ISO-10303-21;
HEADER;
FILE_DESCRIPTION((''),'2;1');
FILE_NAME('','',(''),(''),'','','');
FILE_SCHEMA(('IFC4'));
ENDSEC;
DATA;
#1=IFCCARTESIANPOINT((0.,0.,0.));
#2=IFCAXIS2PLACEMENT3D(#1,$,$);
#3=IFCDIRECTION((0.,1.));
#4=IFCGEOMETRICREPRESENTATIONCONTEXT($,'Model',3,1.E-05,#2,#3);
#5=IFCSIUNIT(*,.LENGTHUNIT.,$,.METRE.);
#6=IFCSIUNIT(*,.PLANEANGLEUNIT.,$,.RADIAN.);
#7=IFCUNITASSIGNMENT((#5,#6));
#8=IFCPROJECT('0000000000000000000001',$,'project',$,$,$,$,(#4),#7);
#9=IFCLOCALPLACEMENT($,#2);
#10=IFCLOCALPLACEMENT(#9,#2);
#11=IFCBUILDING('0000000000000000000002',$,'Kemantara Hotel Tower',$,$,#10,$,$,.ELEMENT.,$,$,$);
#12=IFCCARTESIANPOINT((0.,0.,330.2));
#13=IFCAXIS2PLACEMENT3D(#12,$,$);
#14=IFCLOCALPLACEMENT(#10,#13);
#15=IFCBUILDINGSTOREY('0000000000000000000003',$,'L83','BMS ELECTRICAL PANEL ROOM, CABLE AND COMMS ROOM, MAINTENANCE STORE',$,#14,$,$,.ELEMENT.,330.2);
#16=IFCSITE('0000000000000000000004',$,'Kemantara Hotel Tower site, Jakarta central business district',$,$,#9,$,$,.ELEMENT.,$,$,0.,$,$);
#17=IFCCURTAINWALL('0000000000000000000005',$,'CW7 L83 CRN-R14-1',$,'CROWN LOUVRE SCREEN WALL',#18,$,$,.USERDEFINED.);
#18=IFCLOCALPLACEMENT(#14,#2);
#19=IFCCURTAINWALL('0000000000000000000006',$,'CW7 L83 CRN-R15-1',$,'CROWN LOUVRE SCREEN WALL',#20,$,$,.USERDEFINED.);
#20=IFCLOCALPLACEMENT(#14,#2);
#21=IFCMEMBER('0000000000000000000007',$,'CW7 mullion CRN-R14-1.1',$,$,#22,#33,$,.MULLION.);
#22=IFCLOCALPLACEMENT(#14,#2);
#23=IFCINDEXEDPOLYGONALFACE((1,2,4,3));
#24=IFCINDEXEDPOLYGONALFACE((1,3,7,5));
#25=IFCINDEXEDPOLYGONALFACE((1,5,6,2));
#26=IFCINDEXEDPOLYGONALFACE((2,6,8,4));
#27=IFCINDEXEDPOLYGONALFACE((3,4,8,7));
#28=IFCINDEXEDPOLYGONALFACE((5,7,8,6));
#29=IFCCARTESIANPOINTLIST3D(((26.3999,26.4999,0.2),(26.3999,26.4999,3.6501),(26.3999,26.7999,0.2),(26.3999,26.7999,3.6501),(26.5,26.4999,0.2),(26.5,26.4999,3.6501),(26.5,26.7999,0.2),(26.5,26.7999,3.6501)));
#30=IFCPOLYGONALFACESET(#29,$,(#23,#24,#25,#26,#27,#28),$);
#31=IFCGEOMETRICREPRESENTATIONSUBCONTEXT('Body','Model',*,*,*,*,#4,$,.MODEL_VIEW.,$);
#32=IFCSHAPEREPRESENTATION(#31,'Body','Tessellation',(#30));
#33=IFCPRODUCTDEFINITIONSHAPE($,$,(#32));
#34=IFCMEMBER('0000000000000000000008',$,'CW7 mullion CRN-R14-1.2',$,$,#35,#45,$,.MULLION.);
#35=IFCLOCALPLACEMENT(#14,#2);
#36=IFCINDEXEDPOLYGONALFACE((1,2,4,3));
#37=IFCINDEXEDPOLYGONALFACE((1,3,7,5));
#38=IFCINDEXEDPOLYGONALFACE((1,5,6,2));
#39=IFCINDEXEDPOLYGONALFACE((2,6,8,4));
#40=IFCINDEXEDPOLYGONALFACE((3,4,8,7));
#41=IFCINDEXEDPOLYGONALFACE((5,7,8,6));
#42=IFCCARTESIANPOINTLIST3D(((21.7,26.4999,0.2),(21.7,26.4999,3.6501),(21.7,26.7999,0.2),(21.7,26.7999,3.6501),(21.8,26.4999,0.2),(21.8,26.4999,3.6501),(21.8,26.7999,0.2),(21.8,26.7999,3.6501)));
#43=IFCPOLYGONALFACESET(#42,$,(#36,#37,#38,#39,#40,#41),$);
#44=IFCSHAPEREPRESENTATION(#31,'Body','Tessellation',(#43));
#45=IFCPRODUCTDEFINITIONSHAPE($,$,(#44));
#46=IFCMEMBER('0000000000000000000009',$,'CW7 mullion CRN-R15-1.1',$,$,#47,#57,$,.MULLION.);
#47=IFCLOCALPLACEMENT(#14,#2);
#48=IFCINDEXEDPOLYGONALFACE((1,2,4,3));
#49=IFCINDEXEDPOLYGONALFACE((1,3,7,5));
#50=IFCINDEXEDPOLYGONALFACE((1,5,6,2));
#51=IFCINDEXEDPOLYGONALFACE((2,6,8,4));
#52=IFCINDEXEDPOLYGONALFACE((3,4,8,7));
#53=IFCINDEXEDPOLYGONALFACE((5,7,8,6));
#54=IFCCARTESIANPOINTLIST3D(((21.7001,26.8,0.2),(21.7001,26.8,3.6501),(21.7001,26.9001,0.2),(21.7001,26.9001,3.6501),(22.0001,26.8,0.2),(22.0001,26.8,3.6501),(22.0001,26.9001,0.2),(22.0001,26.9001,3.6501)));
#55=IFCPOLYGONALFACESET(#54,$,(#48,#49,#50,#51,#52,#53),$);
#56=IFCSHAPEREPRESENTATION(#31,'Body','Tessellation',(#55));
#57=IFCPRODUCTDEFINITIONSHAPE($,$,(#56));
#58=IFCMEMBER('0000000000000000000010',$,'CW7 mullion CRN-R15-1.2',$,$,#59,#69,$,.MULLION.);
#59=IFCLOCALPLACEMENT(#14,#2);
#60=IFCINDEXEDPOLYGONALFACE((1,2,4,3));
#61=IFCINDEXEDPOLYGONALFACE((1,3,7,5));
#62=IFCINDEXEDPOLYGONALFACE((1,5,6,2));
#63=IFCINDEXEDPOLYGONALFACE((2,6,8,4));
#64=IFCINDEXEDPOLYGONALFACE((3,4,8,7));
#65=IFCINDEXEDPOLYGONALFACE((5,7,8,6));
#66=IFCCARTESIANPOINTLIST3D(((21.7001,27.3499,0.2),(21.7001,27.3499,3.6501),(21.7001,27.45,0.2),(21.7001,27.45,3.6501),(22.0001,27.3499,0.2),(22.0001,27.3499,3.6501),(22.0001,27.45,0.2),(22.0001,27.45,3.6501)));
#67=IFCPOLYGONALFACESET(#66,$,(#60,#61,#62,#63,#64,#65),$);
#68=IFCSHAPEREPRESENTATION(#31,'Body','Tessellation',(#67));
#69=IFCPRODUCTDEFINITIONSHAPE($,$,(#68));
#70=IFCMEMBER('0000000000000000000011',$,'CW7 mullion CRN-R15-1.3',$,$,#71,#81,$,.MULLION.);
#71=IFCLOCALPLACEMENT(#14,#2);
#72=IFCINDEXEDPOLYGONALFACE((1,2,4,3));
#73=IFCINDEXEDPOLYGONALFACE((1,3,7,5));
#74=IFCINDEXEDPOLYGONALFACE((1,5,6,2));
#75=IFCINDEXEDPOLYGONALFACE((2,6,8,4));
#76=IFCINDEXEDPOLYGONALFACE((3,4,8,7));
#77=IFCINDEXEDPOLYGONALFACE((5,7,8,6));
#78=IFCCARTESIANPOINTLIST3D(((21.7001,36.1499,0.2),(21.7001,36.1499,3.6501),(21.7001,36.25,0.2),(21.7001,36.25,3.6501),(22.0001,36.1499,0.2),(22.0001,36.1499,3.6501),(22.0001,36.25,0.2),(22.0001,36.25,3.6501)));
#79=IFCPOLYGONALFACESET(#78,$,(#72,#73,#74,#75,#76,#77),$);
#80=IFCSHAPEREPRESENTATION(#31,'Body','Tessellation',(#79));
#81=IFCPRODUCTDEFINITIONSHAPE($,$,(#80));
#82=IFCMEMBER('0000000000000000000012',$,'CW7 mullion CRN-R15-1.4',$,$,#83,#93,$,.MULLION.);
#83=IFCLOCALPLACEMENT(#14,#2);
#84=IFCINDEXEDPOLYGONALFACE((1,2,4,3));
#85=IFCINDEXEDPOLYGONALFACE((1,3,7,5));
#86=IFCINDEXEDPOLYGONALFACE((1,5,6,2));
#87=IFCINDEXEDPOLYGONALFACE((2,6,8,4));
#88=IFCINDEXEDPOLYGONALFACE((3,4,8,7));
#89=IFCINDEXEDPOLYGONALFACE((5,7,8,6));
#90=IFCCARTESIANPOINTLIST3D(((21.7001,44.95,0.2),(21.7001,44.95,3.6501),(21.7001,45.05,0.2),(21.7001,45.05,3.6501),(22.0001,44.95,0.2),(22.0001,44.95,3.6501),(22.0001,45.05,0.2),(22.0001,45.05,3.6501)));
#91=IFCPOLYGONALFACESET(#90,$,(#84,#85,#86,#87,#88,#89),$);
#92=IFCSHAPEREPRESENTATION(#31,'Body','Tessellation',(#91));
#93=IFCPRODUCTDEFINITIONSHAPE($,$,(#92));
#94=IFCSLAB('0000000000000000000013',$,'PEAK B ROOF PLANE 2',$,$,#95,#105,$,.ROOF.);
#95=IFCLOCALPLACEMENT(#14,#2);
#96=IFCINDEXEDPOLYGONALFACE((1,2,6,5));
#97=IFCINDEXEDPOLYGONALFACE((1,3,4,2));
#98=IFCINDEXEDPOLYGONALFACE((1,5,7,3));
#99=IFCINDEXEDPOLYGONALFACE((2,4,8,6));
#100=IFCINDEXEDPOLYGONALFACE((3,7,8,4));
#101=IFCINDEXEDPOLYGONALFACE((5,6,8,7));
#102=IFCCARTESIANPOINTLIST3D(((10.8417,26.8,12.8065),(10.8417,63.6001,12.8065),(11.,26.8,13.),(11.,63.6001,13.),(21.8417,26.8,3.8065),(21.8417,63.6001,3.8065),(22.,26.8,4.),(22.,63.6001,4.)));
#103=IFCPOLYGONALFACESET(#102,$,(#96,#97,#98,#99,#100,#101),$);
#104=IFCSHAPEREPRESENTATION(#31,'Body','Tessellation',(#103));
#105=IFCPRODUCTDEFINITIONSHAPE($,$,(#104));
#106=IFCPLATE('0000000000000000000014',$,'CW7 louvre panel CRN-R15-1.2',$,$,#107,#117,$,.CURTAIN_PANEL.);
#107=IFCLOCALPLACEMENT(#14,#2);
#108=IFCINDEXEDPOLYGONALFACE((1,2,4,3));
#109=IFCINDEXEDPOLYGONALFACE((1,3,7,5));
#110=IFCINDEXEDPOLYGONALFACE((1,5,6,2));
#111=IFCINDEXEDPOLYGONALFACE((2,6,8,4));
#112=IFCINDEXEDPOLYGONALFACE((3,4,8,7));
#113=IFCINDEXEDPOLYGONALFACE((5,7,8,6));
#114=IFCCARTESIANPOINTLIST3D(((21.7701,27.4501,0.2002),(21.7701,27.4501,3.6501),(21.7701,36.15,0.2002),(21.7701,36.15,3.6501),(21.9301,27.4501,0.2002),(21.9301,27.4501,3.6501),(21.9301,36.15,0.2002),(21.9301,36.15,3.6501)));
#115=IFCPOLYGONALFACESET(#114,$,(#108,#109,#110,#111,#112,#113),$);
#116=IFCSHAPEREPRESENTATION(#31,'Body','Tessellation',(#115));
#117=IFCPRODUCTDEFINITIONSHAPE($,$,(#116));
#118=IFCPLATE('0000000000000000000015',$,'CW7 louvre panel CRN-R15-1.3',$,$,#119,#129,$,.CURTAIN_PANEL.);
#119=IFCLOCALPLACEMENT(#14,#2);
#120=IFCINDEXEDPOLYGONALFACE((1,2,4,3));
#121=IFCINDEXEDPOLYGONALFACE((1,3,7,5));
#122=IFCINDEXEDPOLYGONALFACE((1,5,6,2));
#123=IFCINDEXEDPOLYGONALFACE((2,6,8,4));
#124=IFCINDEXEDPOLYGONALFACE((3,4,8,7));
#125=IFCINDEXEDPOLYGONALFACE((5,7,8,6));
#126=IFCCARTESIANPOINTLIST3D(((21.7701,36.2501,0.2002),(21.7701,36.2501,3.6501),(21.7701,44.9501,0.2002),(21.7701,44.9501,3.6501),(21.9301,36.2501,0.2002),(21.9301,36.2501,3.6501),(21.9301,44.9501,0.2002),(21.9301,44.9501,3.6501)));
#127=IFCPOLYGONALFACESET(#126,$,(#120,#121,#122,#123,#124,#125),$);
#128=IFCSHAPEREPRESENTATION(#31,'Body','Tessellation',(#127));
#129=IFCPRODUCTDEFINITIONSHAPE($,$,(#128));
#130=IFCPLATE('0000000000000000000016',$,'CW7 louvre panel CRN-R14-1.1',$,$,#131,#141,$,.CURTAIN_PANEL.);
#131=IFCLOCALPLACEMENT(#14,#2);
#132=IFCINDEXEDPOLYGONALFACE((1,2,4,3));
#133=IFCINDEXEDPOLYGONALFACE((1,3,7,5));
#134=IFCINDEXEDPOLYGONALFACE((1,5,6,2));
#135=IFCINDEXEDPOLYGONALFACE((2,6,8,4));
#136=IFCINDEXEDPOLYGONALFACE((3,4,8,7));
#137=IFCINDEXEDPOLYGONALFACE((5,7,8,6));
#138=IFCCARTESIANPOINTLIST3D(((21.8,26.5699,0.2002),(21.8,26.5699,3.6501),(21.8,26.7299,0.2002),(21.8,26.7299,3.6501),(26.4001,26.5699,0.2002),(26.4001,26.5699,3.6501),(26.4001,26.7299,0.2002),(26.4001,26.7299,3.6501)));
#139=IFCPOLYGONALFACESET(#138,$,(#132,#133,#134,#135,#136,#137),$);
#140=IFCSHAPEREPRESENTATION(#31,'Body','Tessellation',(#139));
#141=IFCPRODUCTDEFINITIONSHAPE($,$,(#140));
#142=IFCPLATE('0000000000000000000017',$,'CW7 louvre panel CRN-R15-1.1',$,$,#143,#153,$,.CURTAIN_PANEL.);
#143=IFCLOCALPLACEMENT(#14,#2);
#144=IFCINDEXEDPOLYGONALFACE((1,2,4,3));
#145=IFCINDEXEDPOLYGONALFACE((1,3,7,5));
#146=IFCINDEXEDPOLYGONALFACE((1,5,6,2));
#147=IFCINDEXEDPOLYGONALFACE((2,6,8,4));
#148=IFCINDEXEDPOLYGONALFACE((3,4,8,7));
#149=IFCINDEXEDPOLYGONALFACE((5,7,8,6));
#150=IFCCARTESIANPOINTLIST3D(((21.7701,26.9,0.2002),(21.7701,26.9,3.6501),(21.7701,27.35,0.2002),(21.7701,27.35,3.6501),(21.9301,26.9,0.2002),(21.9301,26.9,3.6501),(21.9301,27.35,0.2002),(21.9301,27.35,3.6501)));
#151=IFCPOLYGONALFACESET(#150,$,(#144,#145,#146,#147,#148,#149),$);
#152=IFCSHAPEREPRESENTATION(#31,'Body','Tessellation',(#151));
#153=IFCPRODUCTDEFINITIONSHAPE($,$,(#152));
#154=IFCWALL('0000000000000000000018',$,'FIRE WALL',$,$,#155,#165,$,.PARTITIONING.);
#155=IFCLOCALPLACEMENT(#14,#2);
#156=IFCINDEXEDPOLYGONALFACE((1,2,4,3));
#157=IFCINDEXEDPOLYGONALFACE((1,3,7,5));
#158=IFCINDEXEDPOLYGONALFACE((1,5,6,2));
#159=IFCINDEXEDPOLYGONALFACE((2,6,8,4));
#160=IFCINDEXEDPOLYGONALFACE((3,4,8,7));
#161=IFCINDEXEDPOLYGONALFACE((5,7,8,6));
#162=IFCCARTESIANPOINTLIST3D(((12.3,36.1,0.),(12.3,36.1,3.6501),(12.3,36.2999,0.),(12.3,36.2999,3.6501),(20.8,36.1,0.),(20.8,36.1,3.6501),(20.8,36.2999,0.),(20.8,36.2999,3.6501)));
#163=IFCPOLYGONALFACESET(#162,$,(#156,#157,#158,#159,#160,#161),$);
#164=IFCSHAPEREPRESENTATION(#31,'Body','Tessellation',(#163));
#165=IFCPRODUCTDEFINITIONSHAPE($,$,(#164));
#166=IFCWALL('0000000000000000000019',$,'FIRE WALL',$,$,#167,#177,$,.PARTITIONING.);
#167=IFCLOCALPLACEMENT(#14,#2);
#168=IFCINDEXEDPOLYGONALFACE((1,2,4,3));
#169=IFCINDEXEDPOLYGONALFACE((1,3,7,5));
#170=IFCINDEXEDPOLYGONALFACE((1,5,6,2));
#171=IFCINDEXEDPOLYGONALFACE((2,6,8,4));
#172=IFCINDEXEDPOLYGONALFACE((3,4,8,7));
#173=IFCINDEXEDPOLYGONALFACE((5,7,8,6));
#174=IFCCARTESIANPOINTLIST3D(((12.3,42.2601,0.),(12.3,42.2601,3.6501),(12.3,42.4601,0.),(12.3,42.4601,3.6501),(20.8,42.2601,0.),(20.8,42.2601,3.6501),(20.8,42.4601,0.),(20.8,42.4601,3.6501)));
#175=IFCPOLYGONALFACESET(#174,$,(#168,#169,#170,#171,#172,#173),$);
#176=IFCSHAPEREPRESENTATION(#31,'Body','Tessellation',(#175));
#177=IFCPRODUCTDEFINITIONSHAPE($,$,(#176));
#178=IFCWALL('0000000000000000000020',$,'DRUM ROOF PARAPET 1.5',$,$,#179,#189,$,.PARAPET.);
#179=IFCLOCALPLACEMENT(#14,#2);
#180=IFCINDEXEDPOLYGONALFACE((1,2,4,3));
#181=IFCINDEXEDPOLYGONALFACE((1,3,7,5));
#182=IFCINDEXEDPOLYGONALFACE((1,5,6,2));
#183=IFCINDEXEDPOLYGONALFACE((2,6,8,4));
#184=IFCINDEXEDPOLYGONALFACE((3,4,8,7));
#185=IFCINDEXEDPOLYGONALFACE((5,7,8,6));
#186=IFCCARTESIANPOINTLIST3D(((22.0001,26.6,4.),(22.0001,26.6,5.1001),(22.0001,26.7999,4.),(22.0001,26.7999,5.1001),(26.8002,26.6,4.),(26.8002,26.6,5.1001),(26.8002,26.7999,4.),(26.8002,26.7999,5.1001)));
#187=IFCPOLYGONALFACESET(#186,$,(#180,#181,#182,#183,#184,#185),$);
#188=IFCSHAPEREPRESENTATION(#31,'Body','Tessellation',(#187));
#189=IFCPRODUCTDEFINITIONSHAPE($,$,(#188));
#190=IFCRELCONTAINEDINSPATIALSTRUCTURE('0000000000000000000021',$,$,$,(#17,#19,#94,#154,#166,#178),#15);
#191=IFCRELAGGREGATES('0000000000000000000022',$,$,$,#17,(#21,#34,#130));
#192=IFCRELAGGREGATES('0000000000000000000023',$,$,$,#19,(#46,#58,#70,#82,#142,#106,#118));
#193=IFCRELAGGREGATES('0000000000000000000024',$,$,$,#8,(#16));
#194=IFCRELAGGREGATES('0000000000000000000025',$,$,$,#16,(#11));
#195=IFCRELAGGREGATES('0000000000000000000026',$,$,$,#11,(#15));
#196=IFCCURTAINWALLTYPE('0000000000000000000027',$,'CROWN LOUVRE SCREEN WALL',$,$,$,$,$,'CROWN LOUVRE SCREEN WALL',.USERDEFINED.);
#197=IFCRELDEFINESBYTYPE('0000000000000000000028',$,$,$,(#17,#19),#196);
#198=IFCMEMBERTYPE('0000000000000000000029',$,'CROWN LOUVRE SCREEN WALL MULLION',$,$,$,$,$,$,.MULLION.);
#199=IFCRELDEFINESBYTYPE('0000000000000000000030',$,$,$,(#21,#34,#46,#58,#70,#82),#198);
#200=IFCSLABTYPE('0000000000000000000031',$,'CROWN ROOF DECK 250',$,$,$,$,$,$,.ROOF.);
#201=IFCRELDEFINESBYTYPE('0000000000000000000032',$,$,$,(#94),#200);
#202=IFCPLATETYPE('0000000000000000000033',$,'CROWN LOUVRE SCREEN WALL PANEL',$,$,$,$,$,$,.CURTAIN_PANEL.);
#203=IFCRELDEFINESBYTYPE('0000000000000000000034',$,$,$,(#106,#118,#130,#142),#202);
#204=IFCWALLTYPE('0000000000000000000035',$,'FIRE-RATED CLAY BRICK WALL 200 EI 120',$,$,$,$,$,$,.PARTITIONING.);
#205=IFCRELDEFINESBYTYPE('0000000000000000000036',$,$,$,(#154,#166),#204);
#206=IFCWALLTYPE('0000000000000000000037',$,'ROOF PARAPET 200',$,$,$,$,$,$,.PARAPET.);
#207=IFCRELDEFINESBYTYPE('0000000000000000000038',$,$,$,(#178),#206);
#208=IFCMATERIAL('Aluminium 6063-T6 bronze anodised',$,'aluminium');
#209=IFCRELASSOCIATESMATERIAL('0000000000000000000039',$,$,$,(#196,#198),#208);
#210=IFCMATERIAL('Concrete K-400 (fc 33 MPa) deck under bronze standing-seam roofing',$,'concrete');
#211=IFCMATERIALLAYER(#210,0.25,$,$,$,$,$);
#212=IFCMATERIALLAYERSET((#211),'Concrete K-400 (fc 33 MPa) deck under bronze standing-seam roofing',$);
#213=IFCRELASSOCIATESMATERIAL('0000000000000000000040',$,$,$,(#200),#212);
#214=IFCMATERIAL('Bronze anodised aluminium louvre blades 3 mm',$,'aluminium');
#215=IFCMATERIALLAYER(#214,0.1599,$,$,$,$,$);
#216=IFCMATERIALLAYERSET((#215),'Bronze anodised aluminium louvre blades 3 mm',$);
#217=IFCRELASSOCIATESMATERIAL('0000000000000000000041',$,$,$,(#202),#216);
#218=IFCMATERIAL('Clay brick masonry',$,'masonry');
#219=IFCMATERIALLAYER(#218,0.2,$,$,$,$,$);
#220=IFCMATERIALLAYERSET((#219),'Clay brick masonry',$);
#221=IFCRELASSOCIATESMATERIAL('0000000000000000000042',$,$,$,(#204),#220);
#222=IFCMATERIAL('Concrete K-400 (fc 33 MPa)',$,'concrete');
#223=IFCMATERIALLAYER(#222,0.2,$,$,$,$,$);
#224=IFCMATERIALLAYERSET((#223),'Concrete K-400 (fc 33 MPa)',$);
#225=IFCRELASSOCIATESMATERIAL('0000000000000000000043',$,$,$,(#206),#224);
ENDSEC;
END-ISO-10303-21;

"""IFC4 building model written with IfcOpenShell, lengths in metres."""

from ifc_helpers import new_model, si_unit, direction, frame, frame_2d, origin, origin_2d, place, context, subcontext, project, spatial, polyline, rectangle, outline, extrude, source, transform, mapped, material, layer, layer_set, material_profile, profile_set, type_object, element, aggregate, save


model = new_model("IFC4")

# Units and contexts
model_context = context("Model", 3, precision=1e-05, world=origin(), true_north=direction((0.0, 1.0)))
body_context = subcontext(model_context, "Body", "Model", "MODEL_VIEW")
ifc_project = project(units=[si_unit("LENGTHUNIT", "METRE"), si_unit("PLANEANGLEUNIT", "RADIAN")], contexts=[model_context])

# Site, building, storey
site_placement = place(None, origin())
site = spatial("IfcSite", under=ifc_project, at=site_placement, Name="Kemantara Hotel Tower site, Jakarta central business district", CompositionType="ELEMENT", RefElevation=0.0)
building_placement = place(site_placement, origin())
building = spatial("IfcBuilding", under=site, at=building_placement, Name="Kemantara Hotel Tower", CompositionType="ELEMENT")
storey_placement = place(building_placement, frame((0.0, 0.0, 330.2)))
storey = spatial("IfcBuildingStorey", under=building, at=storey_placement, Name="L83", Description="BMS ELECTRICAL PANEL ROOM, CABLE AND COMMS ROOM, MAINTENANCE STORE", CompositionType="ELEMENT", Elevation=330.2)

# Curtain walls
ifc_material_1 = material(Name="Aluminium 6063-T6 bronze anodised", Category="aluminium")
curtain_wall_type = type_object("IfcCurtainWallType", Name="CROWN LOUVRE SCREEN WALL", ElementType="CROWN LOUVRE SCREEN WALL", PredefinedType="USERDEFINED", material=ifc_material_1)
curtain_wall_1_placement = place(storey_placement, origin())
curtain_wall_1 = element("IfcCurtainWall", 1, at=curtain_wall_1_placement, inside=storey, type_object=curtain_wall_type, Name="CW7 L83 CRN-R14-1", ObjectType="CROWN LOUVRE SCREEN WALL", PredefinedType="USERDEFINED")
curtain_wall_2_placement = place(storey_placement, origin())
curtain_wall_2 = element("IfcCurtainWall", 2, at=curtain_wall_2_placement, inside=storey, type_object=curtain_wall_type, Name="CW7 L83 CRN-R15-1", ObjectType="CROWN LOUVRE SCREEN WALL", PredefinedType="USERDEFINED")

# Shared definitions
ifc_material_profile_1 = material_profile(ifc_material_1, rectangle(XDim=0.3, YDim=0.1001, at=origin_2d()), Name="CROWN LOUVRE SCREEN WALL MULLION")
ifc_profile_set_1 = profile_set([ifc_material_profile_1], Name="Aluminium 6063-T6 bronze anodised")
member_type_1 = type_object("IfcMemberType", Name="CROWN LOUVRE SCREEN WALL MULLION", PredefinedType="MULLION", material=ifc_profile_set_1)
shared_shape_1 = source(origin(), body_context, "Body", "SweptSolid", [
    extrude(rectangle(XDim=0.3, YDim=0.1001, at=origin_2d()), origin(), (0.0, 0.0, 1.0), 3.4502),
])

# Members
member_1_placement = place(storey_placement, frame((26.45, 26.6499, 0.2), z_axis=(0.0, 0.0, 1.0), x_axis=(0.0, -1.0, 0.0)))
member_1 = element("IfcMember", 3, at=member_1_placement, type_object=member_type_1, Name="CW7 mullion CRN-R14-1.1", PredefinedType="MULLION", context=body_context, shape_type="MappedRepresentation", body=[
    mapped(shared_shape_1, transform((0.0, 0.0, 0.0))),
])
member_2_placement = place(storey_placement, frame((21.75, 26.6499, 0.2), z_axis=(0.0, 0.0, 1.0), x_axis=(0.0, -1.0, 0.0)))
member_2 = element("IfcMember", 4, at=member_2_placement, type_object=member_type_1, Name="CW7 mullion CRN-R14-1.2", PredefinedType="MULLION", context=body_context, shape_type="MappedRepresentation", body=[
    mapped(shared_shape_1, transform((0.0, 0.0, 0.0))),
])
member_3_placement = place(storey_placement, frame((21.8501, 26.8501, 0.2), z_axis=(0.0, 0.0, 1.0), x_axis=(-1.0, 0.0, 0.0)))
member_3 = element("IfcMember", 5, at=member_3_placement, type_object=member_type_1, Name="CW7 mullion CRN-R15-1.1", PredefinedType="MULLION", context=body_context, shape_type="MappedRepresentation", body=[
    mapped(shared_shape_1, transform((0.0, 0.0, 0.0))),
])
member_4_placement = place(storey_placement, frame((21.8501, 27.3999, 0.2), z_axis=(0.0, 0.0, 1.0), x_axis=(-1.0, 0.0, 0.0)))
member_4 = element("IfcMember", 6, at=member_4_placement, type_object=member_type_1, Name="CW7 mullion CRN-R15-1.2", PredefinedType="MULLION", context=body_context, shape_type="MappedRepresentation", body=[
    mapped(shared_shape_1, transform((0.0, 0.0, 0.0))),
])
member_5_placement = place(storey_placement, frame((21.8501, 36.2, 0.2), z_axis=(0.0, 0.0, 1.0), x_axis=(-1.0, 0.0, 0.0)))
member_5 = element("IfcMember", 7, at=member_5_placement, type_object=member_type_1, Name="CW7 mullion CRN-R15-1.3", PredefinedType="MULLION", context=body_context, shape_type="MappedRepresentation", body=[
    mapped(shared_shape_1, transform((0.0, 0.0, 0.0))),
])
member_6_placement = place(storey_placement, frame((21.8501, 45.0, 0.2), z_axis=(0.0, 0.0, 1.0), x_axis=(-1.0, 0.0, 0.0)))
member_6 = element("IfcMember", 8, at=member_6_placement, type_object=member_type_1, Name="CW7 mullion CRN-R15-1.4", PredefinedType="MULLION", context=body_context, shape_type="MappedRepresentation", body=[
    mapped(shared_shape_1, transform((0.0, 0.0, 0.0))),
])

# Slab
ifc_material_2 = material(Name="Concrete K-400 (fc 33 MPa) deck under bronze standing-seam roofing", Category="concrete")
ifc_layer_1 = layer(ifc_material_2, 0.25)
ifc_layer_set_1 = layer_set([ifc_layer_1], Name="Concrete K-400 (fc 33 MPa) deck under bronze standing-seam roofing")
slab_type = type_object("IfcSlabType", Name="CROWN ROOF DECK 250", PredefinedType="ROOF", material=ifc_layer_set_1)
slab_placement = place(storey_placement, frame((22.0, 26.8, 4.0), z_axis=(0.633238, 0.0, 0.773957), x_axis=(0.0, 1.0, 0.0)))
element("IfcSlab", 9, at=slab_placement, inside=storey, type_object=slab_type, Name="PEAK B ROOF PLANE 2", PredefinedType="ROOF", context=body_context, shape_type="SweptSolid", body=[
    extrude(outline(polyline([(0.0, 0.0), (36.8, 0.0), (36.8, 14.2127), (0.0, 14.2127), (0.0, 0.0)])), origin(), (0.0, 0.0, -1.0), 0.25),
])

# Plates
ifc_material_3 = material(Name="Bronze anodised aluminium louvre blades 3 mm", Category="aluminium")
ifc_layer_2 = layer(ifc_material_3, 0.1599)
ifc_layer_set_2 = layer_set([ifc_layer_2], Name="Bronze anodised aluminium louvre blades 3 mm")
plate_type = type_object("IfcPlateType", Name="CROWN LOUVRE SCREEN WALL PANEL", PredefinedType="CURTAIN_PANEL", material=ifc_layer_set_2)
shared_shape_2 = source(origin(), body_context, "Body", "SweptSolid", [
    extrude(rectangle(XDim=8.7, YDim=0.1599, at=origin_2d()), origin(), (0.0, 0.0, 1.0), 3.45),
])
plate_1_placement = place(storey_placement, frame((21.8501, 31.8, 0.2002), z_axis=(0.0, 0.0, 1.0), x_axis=(0.0, 1.0, 0.0)))
plate_1 = element("IfcPlate", 10, at=plate_1_placement, type_object=plate_type, Name="CW7 louvre panel CRN-R15-1.2", PredefinedType="CURTAIN_PANEL", context=body_context, shape_type="MappedRepresentation", body=[
    mapped(shared_shape_2, transform((0.0, 0.0, 0.0))),
])
plate_2_placement = place(storey_placement, frame((21.8501, 40.6001, 0.2002), z_axis=(0.0, 0.0, 1.0), x_axis=(0.0, 1.0, 0.0)))
plate_2 = element("IfcPlate", 11, at=plate_2_placement, type_object=plate_type, Name="CW7 louvre panel CRN-R15-1.3", PredefinedType="CURTAIN_PANEL", context=body_context, shape_type="MappedRepresentation", body=[
    mapped(shared_shape_2, transform((0.0, 0.0, 0.0))),
])
shared_shape_3 = source(origin(), body_context, "Body", "SweptSolid", [
    extrude(rectangle(XDim=4.6001, YDim=0.1599, at=origin_2d()), origin(), (0.0, 0.0, 1.0), 3.45),
])
plate_3_placement = place(storey_placement, frame((24.1001, 26.6499, 0.2002), z_axis=(0.0, 0.0, 1.0), x_axis=(-1.0, 0.0, 0.0)))
plate_3 = element("IfcPlate", 12, at=plate_3_placement, type_object=plate_type, Name="CW7 louvre panel CRN-R14-1.1", PredefinedType="CURTAIN_PANEL", context=body_context, shape_type="MappedRepresentation", body=[
    mapped(shared_shape_3, transform((0.0, 0.0, 0.0))),
])
aggregate(curtain_wall_1, [member_1, member_2, plate_3])
shared_shape_4 = source(origin(), body_context, "Body", "SweptSolid", [
    extrude(rectangle(XDim=0.45, YDim=0.1599, at=origin_2d()), origin(), (0.0, 0.0, 1.0), 3.45),
])
plate_4_placement = place(storey_placement, frame((21.8501, 27.125, 0.2002), z_axis=(0.0, 0.0, 1.0), x_axis=(0.0, 1.0, 0.0)))
plate_4 = element("IfcPlate", 13, at=plate_4_placement, type_object=plate_type, Name="CW7 louvre panel CRN-R15-1.1", PredefinedType="CURTAIN_PANEL", context=body_context, shape_type="MappedRepresentation", body=[
    mapped(shared_shape_4, transform((0.0, 0.0, 0.0))),
])
aggregate(curtain_wall_2, [member_3, member_4, member_5, member_6, plate_4, plate_1, plate_2])

# Walls
ifc_material_4 = material(Name="Clay brick masonry", Category="masonry")
ifc_layer_3 = layer(ifc_material_4, 0.2)
ifc_layer_set_3 = layer_set([ifc_layer_3], Name="Clay brick masonry")
wall_type_1 = type_object("IfcWallType", Name="FIRE-RATED CLAY BRICK WALL 200 EI 120", PredefinedType="PARTITIONING", material=ifc_layer_set_3)
for number, where, z_axis, x_axis, name in (
    (14, (12.3, 36.2, 0.0), (0.0, 0.0, 1.0), (1.0, 0.0, 0.0), "FIRE WALL"),
    (15, (12.3, 42.3601, 0.0), (0.0, 0.0, 1.0), (1.0, 0.0, 0.0), "FIRE WALL"),
):
    element("IfcWall", number, at=place(storey_placement, frame(where, z_axis=z_axis, x_axis=x_axis)), inside=storey, type_object=wall_type_1, Name=name, PredefinedType="PARTITIONING", context=body_context, shape_type="SweptSolid", body=[
        extrude(rectangle(XDim=8.5, YDim=0.2, at=frame_2d((4.25, 0.0))), origin(), (0.0, 0.0, 1.0), 3.6501),
    ])
ifc_material_5 = material(Name="Concrete K-400 (fc 33 MPa)", Category="concrete")
ifc_layer_4 = layer(ifc_material_5, 0.2)
ifc_layer_set_4 = layer_set([ifc_layer_4], Name="Concrete K-400 (fc 33 MPa)")
wall_type_2 = type_object("IfcWallType", Name="ROOF PARAPET 200", PredefinedType="PARAPET", material=ifc_layer_set_4)
wall_placement = place(storey_placement, frame((26.8, 26.7, 4.0), z_axis=(0.0, 0.0, 1.0), x_axis=(-1.0, 0.0, 0.0)))
element("IfcWall", 16, at=wall_placement, inside=storey, type_object=wall_type_2, Name="DRUM ROOF PARAPET 1.5", PredefinedType="PARAPET", context=body_context, shape_type="SweptSolid", body=[
    extrude(rectangle(XDim=4.8, YDim=0.2, at=frame_2d((2.3999, 0.0))), origin(), (0.0, 0.0, 1.0), 1.1001),
])

save(model, "model.ifc")
